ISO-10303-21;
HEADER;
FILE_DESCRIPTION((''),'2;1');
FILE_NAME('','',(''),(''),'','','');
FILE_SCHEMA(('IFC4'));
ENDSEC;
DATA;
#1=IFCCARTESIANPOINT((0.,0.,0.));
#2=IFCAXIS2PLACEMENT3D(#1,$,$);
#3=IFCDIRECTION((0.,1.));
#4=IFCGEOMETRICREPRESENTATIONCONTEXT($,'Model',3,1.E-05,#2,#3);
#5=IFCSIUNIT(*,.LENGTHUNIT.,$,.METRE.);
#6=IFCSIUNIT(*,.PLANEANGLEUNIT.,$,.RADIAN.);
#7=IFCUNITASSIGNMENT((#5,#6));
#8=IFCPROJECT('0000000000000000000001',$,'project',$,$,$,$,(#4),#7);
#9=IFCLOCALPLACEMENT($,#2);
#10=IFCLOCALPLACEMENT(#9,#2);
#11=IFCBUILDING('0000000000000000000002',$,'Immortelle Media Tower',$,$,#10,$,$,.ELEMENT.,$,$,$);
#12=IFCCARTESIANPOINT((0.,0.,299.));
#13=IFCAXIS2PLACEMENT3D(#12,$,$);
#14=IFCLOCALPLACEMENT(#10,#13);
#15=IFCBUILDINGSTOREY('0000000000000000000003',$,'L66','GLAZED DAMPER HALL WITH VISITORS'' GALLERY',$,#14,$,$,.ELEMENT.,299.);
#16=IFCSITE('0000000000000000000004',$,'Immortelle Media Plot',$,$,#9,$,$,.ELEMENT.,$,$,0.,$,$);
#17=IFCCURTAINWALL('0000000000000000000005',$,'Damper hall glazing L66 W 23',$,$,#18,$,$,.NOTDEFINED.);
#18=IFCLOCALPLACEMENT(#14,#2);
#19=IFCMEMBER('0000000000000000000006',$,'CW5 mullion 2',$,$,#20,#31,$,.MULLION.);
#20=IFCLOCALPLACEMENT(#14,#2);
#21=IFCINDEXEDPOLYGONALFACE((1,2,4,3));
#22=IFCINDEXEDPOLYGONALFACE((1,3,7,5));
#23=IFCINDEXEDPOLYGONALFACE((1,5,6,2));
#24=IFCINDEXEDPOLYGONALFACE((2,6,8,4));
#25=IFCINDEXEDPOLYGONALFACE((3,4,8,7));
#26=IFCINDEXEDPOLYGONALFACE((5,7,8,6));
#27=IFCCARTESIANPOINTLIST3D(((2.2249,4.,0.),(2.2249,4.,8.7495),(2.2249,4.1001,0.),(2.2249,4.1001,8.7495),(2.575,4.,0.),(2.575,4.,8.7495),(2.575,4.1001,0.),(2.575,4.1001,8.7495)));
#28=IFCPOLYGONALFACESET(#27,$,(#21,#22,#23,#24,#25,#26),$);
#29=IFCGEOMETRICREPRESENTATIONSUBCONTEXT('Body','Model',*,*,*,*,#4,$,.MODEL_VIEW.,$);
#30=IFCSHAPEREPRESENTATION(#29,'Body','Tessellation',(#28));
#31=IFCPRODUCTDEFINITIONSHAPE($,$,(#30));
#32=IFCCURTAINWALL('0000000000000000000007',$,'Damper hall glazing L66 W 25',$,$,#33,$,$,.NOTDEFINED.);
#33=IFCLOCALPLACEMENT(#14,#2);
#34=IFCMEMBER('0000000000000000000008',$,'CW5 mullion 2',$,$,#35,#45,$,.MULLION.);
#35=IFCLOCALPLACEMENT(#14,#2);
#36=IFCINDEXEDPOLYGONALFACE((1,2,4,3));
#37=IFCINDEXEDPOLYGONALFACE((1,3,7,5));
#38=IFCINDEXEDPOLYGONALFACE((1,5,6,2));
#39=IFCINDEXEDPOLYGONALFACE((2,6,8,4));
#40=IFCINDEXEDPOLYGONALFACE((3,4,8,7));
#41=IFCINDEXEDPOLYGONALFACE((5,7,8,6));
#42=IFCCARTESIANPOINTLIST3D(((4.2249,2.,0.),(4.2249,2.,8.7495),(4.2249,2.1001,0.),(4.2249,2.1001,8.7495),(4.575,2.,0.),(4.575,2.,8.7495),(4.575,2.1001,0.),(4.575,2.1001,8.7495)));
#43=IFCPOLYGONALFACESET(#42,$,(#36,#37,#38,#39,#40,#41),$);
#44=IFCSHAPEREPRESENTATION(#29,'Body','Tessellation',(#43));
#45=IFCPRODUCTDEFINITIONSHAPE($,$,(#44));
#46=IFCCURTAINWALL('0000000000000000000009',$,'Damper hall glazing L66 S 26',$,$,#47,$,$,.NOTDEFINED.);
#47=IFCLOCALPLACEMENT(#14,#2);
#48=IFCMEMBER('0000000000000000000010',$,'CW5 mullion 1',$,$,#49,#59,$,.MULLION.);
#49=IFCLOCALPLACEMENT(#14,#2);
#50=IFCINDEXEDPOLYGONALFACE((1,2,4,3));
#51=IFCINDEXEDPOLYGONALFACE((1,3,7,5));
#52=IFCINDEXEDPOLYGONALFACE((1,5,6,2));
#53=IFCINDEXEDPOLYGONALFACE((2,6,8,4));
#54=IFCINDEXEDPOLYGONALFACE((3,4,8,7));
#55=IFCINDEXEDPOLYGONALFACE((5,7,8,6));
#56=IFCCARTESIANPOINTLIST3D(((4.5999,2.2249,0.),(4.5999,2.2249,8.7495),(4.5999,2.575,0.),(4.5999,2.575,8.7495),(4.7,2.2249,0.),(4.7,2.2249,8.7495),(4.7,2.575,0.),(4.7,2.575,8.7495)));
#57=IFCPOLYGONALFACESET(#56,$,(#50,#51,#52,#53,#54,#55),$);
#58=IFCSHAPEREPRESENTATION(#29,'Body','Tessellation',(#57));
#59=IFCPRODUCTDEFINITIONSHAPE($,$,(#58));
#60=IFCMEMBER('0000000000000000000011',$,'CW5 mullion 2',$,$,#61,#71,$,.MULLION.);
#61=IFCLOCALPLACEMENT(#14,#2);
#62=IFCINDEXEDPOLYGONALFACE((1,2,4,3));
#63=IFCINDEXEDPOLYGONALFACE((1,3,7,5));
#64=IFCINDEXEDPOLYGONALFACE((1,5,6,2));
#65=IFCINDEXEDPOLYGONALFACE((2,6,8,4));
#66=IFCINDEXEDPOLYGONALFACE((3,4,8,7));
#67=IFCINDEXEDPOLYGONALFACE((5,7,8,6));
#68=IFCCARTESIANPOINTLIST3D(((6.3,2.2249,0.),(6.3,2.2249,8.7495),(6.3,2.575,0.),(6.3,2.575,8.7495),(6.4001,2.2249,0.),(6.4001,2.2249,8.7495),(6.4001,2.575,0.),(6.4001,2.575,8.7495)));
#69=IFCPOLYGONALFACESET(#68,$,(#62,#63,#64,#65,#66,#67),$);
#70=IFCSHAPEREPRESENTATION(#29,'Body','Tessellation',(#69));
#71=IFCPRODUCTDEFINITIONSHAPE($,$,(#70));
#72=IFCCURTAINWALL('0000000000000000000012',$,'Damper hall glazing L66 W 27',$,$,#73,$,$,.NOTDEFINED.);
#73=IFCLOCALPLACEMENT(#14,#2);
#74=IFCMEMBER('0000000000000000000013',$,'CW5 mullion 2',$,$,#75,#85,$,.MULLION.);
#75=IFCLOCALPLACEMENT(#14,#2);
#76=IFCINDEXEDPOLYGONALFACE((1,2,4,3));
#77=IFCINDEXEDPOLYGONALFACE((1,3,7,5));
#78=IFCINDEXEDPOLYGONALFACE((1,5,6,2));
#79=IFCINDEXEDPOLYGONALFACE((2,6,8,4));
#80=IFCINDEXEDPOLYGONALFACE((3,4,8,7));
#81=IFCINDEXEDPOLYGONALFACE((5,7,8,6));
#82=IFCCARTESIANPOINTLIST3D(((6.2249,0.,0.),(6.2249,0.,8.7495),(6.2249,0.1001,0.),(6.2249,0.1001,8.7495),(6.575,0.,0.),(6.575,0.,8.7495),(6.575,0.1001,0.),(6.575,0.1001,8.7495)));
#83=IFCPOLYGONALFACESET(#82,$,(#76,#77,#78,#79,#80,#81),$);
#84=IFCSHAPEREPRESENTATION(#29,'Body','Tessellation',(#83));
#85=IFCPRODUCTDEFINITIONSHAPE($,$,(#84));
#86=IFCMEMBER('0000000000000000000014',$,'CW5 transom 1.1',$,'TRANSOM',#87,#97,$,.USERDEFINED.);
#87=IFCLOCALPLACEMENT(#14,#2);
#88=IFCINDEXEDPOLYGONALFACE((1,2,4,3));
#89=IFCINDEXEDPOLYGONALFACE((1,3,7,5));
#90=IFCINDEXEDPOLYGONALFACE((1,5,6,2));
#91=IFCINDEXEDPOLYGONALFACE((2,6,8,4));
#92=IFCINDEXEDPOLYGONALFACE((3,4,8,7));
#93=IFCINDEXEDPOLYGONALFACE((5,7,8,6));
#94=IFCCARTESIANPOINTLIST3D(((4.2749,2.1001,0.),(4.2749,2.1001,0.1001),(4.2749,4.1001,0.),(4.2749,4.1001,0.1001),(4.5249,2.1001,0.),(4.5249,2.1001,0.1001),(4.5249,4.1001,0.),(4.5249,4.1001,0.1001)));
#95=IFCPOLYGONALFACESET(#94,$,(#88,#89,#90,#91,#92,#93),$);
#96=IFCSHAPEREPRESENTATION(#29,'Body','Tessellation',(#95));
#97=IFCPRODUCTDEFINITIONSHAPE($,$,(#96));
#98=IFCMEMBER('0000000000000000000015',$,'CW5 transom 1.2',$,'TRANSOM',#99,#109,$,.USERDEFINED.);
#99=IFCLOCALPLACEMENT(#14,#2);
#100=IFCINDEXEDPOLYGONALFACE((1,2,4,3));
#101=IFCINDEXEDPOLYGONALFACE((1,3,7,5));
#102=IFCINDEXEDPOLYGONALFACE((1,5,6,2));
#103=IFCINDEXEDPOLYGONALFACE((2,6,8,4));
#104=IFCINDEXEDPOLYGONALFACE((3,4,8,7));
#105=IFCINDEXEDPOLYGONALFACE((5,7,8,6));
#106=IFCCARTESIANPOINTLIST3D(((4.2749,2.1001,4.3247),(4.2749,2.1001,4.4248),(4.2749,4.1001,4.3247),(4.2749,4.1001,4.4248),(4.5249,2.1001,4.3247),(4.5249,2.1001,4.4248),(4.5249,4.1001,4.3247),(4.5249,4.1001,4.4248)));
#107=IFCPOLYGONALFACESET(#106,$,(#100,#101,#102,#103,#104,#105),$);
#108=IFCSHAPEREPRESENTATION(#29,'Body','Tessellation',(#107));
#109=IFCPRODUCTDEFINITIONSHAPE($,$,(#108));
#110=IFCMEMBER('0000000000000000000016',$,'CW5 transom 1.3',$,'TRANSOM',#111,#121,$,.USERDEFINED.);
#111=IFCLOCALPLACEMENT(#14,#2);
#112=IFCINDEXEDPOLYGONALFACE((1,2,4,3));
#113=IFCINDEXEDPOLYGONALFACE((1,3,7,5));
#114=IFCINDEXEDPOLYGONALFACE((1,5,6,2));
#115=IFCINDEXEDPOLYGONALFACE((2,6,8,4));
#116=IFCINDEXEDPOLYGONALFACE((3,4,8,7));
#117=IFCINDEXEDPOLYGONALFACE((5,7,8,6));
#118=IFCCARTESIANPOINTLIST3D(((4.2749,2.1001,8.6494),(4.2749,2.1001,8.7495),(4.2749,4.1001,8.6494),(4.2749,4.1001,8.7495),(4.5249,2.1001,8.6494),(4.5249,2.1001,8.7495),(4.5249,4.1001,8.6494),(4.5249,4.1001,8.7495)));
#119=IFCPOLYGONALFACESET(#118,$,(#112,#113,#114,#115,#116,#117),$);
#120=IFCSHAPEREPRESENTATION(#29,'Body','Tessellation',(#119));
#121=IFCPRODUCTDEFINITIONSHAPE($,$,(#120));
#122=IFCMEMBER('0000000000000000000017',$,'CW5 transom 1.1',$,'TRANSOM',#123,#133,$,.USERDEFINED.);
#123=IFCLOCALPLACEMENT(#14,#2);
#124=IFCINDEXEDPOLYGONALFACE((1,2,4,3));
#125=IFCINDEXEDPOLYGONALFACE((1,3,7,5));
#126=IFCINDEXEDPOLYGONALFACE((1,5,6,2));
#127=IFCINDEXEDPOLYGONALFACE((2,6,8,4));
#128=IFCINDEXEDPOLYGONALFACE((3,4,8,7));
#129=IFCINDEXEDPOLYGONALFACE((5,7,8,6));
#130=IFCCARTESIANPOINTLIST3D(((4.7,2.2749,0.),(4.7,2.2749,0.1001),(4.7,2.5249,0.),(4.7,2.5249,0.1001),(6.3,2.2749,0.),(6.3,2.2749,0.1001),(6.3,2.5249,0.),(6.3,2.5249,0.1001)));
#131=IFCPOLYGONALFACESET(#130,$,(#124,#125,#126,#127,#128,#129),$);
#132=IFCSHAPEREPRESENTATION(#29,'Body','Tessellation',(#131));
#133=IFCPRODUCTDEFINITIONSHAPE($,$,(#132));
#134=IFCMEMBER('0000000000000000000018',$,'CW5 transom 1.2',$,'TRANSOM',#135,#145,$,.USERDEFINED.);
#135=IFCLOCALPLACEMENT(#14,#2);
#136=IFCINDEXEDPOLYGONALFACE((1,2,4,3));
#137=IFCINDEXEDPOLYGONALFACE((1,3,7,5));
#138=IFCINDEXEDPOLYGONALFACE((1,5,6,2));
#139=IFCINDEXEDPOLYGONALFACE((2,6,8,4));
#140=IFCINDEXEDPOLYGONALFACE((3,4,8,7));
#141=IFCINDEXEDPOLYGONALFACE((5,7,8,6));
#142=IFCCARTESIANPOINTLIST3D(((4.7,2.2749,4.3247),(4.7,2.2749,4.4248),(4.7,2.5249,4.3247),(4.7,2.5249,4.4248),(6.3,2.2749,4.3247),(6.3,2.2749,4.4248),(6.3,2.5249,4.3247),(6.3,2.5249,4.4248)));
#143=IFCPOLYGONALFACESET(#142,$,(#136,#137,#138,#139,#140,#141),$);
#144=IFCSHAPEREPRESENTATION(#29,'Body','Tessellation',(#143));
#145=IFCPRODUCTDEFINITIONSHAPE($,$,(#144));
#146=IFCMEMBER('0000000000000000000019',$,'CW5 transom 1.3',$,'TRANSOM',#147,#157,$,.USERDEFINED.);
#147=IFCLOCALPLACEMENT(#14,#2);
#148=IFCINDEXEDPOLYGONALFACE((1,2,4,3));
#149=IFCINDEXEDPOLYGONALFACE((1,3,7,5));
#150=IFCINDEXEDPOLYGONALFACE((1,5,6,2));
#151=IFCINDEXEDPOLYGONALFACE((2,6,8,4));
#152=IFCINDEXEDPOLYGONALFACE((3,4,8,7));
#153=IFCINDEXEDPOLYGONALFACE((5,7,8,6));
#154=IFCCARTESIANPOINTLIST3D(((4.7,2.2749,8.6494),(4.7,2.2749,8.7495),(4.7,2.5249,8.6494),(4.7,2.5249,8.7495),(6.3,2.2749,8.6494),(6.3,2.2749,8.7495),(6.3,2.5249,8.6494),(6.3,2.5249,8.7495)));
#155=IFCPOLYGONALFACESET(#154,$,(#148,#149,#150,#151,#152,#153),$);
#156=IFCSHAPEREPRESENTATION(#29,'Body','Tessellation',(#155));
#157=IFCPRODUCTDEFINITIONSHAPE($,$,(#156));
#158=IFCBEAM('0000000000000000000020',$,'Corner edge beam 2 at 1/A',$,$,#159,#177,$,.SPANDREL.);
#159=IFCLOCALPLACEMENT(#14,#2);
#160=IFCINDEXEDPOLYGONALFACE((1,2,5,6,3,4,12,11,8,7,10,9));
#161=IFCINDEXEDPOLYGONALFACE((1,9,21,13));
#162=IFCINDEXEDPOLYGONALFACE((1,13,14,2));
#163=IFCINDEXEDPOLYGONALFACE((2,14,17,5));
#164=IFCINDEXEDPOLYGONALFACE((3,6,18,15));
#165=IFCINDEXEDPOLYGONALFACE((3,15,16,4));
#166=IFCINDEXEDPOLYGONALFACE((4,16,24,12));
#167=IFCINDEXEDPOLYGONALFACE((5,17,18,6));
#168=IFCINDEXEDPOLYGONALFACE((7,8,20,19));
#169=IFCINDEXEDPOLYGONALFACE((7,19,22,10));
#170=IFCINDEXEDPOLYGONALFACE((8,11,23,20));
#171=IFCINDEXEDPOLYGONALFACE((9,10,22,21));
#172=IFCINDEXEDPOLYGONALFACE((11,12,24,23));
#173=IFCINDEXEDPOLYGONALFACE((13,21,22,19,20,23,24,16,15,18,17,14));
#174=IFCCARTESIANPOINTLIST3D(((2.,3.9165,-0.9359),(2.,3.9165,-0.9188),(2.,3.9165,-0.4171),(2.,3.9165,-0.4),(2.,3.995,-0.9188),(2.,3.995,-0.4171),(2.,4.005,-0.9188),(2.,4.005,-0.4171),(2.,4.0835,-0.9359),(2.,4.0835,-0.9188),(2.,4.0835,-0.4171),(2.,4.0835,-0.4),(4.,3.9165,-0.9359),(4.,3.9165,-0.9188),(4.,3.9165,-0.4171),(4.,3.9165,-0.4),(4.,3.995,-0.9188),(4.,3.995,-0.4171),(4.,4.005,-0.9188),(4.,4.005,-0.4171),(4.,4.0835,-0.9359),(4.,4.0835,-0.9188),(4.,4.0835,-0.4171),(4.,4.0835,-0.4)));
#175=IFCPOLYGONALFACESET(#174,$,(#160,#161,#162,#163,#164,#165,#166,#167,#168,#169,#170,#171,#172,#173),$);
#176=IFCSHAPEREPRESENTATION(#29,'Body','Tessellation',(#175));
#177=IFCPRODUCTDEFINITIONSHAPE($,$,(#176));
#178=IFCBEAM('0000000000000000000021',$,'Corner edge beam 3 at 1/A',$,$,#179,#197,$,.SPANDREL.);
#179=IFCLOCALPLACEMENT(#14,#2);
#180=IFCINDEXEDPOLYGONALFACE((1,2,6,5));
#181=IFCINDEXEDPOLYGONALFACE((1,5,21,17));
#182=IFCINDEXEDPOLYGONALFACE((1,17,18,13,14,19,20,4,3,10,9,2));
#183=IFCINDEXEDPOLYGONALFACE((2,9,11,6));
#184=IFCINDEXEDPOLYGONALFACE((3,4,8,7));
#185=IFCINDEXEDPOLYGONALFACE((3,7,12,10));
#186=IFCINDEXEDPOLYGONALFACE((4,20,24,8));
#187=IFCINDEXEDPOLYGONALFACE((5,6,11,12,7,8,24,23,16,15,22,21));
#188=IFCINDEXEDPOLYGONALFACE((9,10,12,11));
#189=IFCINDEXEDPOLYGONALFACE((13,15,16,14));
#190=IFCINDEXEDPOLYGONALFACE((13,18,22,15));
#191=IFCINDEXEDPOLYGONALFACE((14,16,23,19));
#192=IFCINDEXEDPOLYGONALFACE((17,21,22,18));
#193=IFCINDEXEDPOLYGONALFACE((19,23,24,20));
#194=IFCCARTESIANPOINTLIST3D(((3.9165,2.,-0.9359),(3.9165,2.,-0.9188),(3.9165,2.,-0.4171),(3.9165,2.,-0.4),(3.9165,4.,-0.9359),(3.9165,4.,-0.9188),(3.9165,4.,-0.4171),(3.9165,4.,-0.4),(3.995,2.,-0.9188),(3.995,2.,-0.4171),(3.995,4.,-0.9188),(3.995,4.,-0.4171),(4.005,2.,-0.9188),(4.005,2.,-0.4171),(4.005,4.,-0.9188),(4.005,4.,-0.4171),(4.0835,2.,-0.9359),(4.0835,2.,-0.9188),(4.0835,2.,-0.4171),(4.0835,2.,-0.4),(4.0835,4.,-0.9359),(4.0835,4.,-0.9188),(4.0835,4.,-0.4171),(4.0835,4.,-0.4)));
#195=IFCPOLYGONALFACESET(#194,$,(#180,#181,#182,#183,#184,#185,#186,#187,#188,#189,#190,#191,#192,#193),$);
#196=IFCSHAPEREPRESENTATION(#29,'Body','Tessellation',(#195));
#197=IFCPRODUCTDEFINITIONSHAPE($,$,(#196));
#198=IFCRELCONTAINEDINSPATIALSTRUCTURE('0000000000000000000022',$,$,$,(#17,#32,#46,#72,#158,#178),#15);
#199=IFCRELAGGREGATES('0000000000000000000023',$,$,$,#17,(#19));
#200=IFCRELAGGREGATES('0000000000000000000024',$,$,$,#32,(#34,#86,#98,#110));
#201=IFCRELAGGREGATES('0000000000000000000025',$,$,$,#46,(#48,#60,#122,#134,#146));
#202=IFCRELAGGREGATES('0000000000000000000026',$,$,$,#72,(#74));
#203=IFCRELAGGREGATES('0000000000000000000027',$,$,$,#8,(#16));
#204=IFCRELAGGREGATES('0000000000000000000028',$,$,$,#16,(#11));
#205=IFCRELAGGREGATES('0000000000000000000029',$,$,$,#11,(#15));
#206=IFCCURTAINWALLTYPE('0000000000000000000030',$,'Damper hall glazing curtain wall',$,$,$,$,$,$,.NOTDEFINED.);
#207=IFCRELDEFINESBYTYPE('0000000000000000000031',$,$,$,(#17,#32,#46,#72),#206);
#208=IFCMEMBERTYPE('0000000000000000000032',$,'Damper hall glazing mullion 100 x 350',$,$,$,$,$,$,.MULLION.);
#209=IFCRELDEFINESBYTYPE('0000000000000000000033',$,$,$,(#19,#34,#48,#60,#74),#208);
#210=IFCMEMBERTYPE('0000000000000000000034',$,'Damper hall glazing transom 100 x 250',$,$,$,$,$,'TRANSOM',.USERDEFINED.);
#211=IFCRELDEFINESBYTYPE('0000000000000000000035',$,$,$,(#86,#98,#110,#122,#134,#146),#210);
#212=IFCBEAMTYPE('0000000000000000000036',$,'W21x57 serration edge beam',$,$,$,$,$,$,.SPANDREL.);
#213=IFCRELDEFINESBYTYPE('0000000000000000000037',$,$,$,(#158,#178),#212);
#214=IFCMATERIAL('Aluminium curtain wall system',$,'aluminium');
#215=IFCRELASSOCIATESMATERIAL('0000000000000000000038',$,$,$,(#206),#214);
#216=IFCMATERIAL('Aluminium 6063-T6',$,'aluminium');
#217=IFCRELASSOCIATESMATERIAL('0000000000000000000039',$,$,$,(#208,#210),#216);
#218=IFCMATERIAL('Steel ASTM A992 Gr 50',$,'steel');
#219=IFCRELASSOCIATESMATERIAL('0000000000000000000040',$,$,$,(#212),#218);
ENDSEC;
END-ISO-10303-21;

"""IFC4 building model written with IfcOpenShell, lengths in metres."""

from ifc_helpers import new_model, si_unit, direction, frame, origin, origin_2d, place, context, subcontext, project, spatial, rectangle, i_section, extrude, material, material_profile, profile_set, type_object, element, aggregate, save


model = new_model("IFC4")

# Units and contexts
model_context = context("Model", 3, precision=1e-05, world=origin(), true_north=direction((0.0, 1.0)))
body_context = subcontext(model_context, "Body", "Model", "MODEL_VIEW")
ifc_project = project(units=[si_unit("LENGTHUNIT", "METRE"), si_unit("PLANEANGLEUNIT", "RADIAN")], contexts=[model_context])

# Site, building, storey
site_placement = place(None, origin())
site = spatial("IfcSite", under=ifc_project, at=site_placement, Name="Immortelle Media Plot", CompositionType="ELEMENT", RefElevation=0.0)
building_placement = place(site_placement, origin())
building = spatial("IfcBuilding", under=site, at=building_placement, Name="Immortelle Media Tower", CompositionType="ELEMENT")
storey_placement = place(building_placement, frame((0.0, 0.0, 299.0)))
storey = spatial("IfcBuildingStorey", under=building, at=storey_placement, Name="L66", Description="GLAZED DAMPER HALL WITH VISITORS' GALLERY", CompositionType="ELEMENT", Elevation=299.0)

# Curtain walls, members
ifc_material_1 = material(Name="Aluminium curtain wall system", Category="aluminium")
curtain_wall_type = type_object("IfcCurtainWallType", Name="Damper hall glazing curtain wall", PredefinedType="NOTDEFINED", material=ifc_material_1)
curtain_wall_1_placement = place(storey_placement, origin())
curtain_wall_1 = element("IfcCurtainWall", 1, at=curtain_wall_1_placement, inside=storey, type_object=curtain_wall_type, Name="Damper hall glazing L66 W 23", PredefinedType="NOTDEFINED")
ifc_material_2 = material(Name="Aluminium 6063-T6", Category="aluminium")
ifc_material_profile_1 = material_profile(ifc_material_2, rectangle(XDim=0.3501, YDim=0.1001, at=origin_2d()), Name="AL 100x350")
ifc_profile_set_1 = profile_set([ifc_material_profile_1], Name="Aluminium 6063-T6")
member_type_1 = type_object("IfcMemberType", Name="Damper hall glazing mullion 100 x 350", PredefinedType="MULLION", material=ifc_profile_set_1)
member_1_placement = place(storey_placement, frame((2.3999, 4.05, 0.0), z_axis=(0.0, 0.0, 1.0), x_axis=(1.0, 0.0, 0.0)))
member_1 = element("IfcMember", 2, at=member_1_placement, type_object=member_type_1, Name="CW5 mullion 2", PredefinedType="MULLION", context=body_context, shape_type="SweptSolid", body=[
    extrude(rectangle(XDim=0.3501, YDim=0.1001, at=origin_2d()), origin(), (0.0, 0.0, 1.0), 8.7495),
])
aggregate(curtain_wall_1, [member_1])
curtain_wall_2_placement = place(storey_placement, origin())
curtain_wall_2 = element("IfcCurtainWall", 3, at=curtain_wall_2_placement, inside=storey, type_object=curtain_wall_type, Name="Damper hall glazing L66 W 25", PredefinedType="NOTDEFINED")
member_2_placement = place(storey_placement, frame((4.3999, 2.05, 0.0), z_axis=(0.0, 0.0, 1.0), x_axis=(1.0, 0.0, 0.0)))
member_2 = element("IfcMember", 4, at=member_2_placement, type_object=member_type_1, Name="CW5 mullion 2", PredefinedType="MULLION", context=body_context, shape_type="SweptSolid", body=[
    extrude(rectangle(XDim=0.3501, YDim=0.1001, at=origin_2d()), origin(), (0.0, 0.0, 1.0), 8.7495),
])

# Curtain wall, members
curtain_wall_3_placement = place(storey_placement, origin())
curtain_wall_3 = element("IfcCurtainWall", 5, at=curtain_wall_3_placement, inside=storey, type_object=curtain_wall_type, Name="Damper hall glazing L66 S 26", PredefinedType="NOTDEFINED")
member_3_placement = place(storey_placement, frame((4.6499, 2.3999, 0.0), z_axis=(0.0, 0.0, 1.0), x_axis=(0.0, 1.0, 0.0)))
member_3 = element("IfcMember", 6, at=member_3_placement, type_object=member_type_1, Name="CW5 mullion 1", PredefinedType="MULLION", context=body_context, shape_type="SweptSolid", body=[
    extrude(rectangle(XDim=0.3501, YDim=0.1001, at=origin_2d()), origin(), (0.0, 0.0, 1.0), 8.7495),
])
member_4_placement = place(storey_placement, frame((6.3501, 2.3999, 0.0), z_axis=(0.0, 0.0, 1.0), x_axis=(0.0, 1.0, 0.0)))
member_4 = element("IfcMember", 7, at=member_4_placement, type_object=member_type_1, Name="CW5 mullion 2", PredefinedType="MULLION", context=body_context, shape_type="SweptSolid", body=[
    extrude(rectangle(XDim=0.3501, YDim=0.1001, at=origin_2d()), origin(), (0.0, 0.0, 1.0), 8.7495),
])

# Curtain wall, member
curtain_wall_4_placement = place(storey_placement, origin())
curtain_wall_4 = element("IfcCurtainWall", 8, at=curtain_wall_4_placement, inside=storey, type_object=curtain_wall_type, Name="Damper hall glazing L66 W 27", PredefinedType="NOTDEFINED")
member_5_placement = place(storey_placement, frame((6.3999, 0.05, 0.0), z_axis=(0.0, 0.0, 1.0), x_axis=(1.0, 0.0, 0.0)))
member_5 = element("IfcMember", 9, at=member_5_placement, type_object=member_type_1, Name="CW5 mullion 2", PredefinedType="MULLION", context=body_context, shape_type="SweptSolid", body=[
    extrude(rectangle(XDim=0.3501, YDim=0.1001, at=origin_2d()), origin(), (0.0, 0.0, 1.0), 8.7495),
])

# Members
ifc_material_profile_2 = material_profile(ifc_material_2, rectangle(XDim=0.25, YDim=0.1001, at=origin_2d()), Name="AL 100x250")
ifc_profile_set_2 = profile_set([ifc_material_profile_2], Name="Aluminium 6063-T6")
member_type_2 = type_object("IfcMemberType", Name="Damper hall glazing transom 100 x 250", ElementType="TRANSOM", PredefinedType="USERDEFINED", material=ifc_profile_set_2)
member_6_placement = place(storey_placement, frame((4.3999, 4.1001, 0.05), z_axis=(0.0, -1.0, 0.0), x_axis=(1.0, 0.0, 0.0)))
member_6 = element("IfcMember", 10, at=member_6_placement, type_object=member_type_2, Name="CW5 transom 1.1", ObjectType="TRANSOM", PredefinedType="USERDEFINED", context=body_context, shape_type="SweptSolid", body=[
    extrude(rectangle(XDim=0.25, YDim=0.1001, at=origin_2d()), origin(), (0.0, 0.0, 1.0), 2.0),
])
member_7_placement = place(storey_placement, frame((4.3999, 4.1001, 4.3748), z_axis=(0.0, -1.0, 0.0), x_axis=(1.0, 0.0, 0.0)))
member_7 = element("IfcMember", 11, at=member_7_placement, type_object=member_type_2, Name="CW5 transom 1.2", ObjectType="TRANSOM", PredefinedType="USERDEFINED", context=body_context, shape_type="SweptSolid", body=[
    extrude(rectangle(XDim=0.25, YDim=0.1001, at=origin_2d()), origin(), (0.0, 0.0, 1.0), 2.0),
])
member_8_placement = place(storey_placement, frame((4.3999, 4.1001, 8.6995), z_axis=(0.0, -1.0, 0.0), x_axis=(1.0, 0.0, 0.0)))
member_8 = element("IfcMember", 12, at=member_8_placement, type_object=member_type_2, Name="CW5 transom 1.3", ObjectType="TRANSOM", PredefinedType="USERDEFINED", context=body_context, shape_type="SweptSolid", body=[
    extrude(rectangle(XDim=0.25, YDim=0.1001, at=origin_2d()), origin(), (0.0, 0.0, 1.0), 2.0),
])
member_9_placement = place(storey_placement, frame((4.7, 2.3999, 0.05), z_axis=(1.0, 0.0, 0.0), x_axis=(0.0, 1.0, 0.0)))
member_9 = element("IfcMember", 13, at=member_9_placement, type_object=member_type_2, Name="CW5 transom 1.1", ObjectType="TRANSOM", PredefinedType="USERDEFINED", context=body_context, shape_type="SweptSolid", body=[
    extrude(rectangle(XDim=0.25, YDim=0.1001, at=origin_2d()), origin(), (0.0, 0.0, 1.0), 1.6001),
])
member_10_placement = place(storey_placement, frame((4.7, 2.3999, 4.3748), z_axis=(1.0, 0.0, 0.0), x_axis=(0.0, 1.0, 0.0)))
member_10 = element("IfcMember", 14, at=member_10_placement, type_object=member_type_2, Name="CW5 transom 1.2", ObjectType="TRANSOM", PredefinedType="USERDEFINED", context=body_context, shape_type="SweptSolid", body=[
    extrude(rectangle(XDim=0.25, YDim=0.1001, at=origin_2d()), origin(), (0.0, 0.0, 1.0), 1.6001),
])
member_11_placement = place(storey_placement, frame((4.7, 2.3999, 8.6995), z_axis=(1.0, 0.0, 0.0), x_axis=(0.0, 1.0, 0.0)))
member_11 = element("IfcMember", 15, at=member_11_placement, type_object=member_type_2, Name="CW5 transom 1.3", ObjectType="TRANSOM", PredefinedType="USERDEFINED", context=body_context, shape_type="SweptSolid", body=[
    extrude(rectangle(XDim=0.25, YDim=0.1001, at=origin_2d()), origin(), (0.0, 0.0, 1.0), 1.6001),
])

# Beams
ifc_material_3 = material(Name="Steel ASTM A992 Gr 50", Category="steel")
ifc_material_profile_3 = material_profile(ifc_material_3, i_section(OverallWidth=0.167, OverallDepth=0.5359, WebThickness=0.01, FlangeThickness=0.0171, at=origin_2d()), Name="W21x57")
ifc_profile_set_3 = profile_set([ifc_material_profile_3], Name="Steel ASTM A992 Gr 50")
beam_type = type_object("IfcBeamType", Name="W21x57 serration edge beam", PredefinedType="SPANDREL", material=ifc_profile_set_3)
for number, where, z_axis, x_axis, name in (
    (16, (2.0, 4.0, -0.668), (1.0, 0.0, 0.0), (0.0, 1.0, 0.0), "Corner edge beam 2 at 1/A"),
    (17, (4.0, 4.0, -0.668), (0.0, -1.0, 0.0), (1.0, 0.0, 0.0), "Corner edge beam 3 at 1/A"),
):
    element("IfcBeam", number, at=place(storey_placement, frame(where, z_axis=z_axis, x_axis=x_axis)), inside=storey, type_object=beam_type, Name=name, PredefinedType="SPANDREL", context=body_context, shape_type="SweptSolid", body=[
        extrude(i_section(OverallWidth=0.167, OverallDepth=0.5359, WebThickness=0.01, FlangeThickness=0.0171, at=origin_2d()), origin(), (0.0, 0.0, 1.0), 2.0),
    ])

aggregate(curtain_wall_2, [member_2, member_6, member_7, member_8])
aggregate(curtain_wall_3, [member_3, member_4, member_9, member_10, member_11])
aggregate(curtain_wall_4, [member_5])

save(model, "model.ifc")
